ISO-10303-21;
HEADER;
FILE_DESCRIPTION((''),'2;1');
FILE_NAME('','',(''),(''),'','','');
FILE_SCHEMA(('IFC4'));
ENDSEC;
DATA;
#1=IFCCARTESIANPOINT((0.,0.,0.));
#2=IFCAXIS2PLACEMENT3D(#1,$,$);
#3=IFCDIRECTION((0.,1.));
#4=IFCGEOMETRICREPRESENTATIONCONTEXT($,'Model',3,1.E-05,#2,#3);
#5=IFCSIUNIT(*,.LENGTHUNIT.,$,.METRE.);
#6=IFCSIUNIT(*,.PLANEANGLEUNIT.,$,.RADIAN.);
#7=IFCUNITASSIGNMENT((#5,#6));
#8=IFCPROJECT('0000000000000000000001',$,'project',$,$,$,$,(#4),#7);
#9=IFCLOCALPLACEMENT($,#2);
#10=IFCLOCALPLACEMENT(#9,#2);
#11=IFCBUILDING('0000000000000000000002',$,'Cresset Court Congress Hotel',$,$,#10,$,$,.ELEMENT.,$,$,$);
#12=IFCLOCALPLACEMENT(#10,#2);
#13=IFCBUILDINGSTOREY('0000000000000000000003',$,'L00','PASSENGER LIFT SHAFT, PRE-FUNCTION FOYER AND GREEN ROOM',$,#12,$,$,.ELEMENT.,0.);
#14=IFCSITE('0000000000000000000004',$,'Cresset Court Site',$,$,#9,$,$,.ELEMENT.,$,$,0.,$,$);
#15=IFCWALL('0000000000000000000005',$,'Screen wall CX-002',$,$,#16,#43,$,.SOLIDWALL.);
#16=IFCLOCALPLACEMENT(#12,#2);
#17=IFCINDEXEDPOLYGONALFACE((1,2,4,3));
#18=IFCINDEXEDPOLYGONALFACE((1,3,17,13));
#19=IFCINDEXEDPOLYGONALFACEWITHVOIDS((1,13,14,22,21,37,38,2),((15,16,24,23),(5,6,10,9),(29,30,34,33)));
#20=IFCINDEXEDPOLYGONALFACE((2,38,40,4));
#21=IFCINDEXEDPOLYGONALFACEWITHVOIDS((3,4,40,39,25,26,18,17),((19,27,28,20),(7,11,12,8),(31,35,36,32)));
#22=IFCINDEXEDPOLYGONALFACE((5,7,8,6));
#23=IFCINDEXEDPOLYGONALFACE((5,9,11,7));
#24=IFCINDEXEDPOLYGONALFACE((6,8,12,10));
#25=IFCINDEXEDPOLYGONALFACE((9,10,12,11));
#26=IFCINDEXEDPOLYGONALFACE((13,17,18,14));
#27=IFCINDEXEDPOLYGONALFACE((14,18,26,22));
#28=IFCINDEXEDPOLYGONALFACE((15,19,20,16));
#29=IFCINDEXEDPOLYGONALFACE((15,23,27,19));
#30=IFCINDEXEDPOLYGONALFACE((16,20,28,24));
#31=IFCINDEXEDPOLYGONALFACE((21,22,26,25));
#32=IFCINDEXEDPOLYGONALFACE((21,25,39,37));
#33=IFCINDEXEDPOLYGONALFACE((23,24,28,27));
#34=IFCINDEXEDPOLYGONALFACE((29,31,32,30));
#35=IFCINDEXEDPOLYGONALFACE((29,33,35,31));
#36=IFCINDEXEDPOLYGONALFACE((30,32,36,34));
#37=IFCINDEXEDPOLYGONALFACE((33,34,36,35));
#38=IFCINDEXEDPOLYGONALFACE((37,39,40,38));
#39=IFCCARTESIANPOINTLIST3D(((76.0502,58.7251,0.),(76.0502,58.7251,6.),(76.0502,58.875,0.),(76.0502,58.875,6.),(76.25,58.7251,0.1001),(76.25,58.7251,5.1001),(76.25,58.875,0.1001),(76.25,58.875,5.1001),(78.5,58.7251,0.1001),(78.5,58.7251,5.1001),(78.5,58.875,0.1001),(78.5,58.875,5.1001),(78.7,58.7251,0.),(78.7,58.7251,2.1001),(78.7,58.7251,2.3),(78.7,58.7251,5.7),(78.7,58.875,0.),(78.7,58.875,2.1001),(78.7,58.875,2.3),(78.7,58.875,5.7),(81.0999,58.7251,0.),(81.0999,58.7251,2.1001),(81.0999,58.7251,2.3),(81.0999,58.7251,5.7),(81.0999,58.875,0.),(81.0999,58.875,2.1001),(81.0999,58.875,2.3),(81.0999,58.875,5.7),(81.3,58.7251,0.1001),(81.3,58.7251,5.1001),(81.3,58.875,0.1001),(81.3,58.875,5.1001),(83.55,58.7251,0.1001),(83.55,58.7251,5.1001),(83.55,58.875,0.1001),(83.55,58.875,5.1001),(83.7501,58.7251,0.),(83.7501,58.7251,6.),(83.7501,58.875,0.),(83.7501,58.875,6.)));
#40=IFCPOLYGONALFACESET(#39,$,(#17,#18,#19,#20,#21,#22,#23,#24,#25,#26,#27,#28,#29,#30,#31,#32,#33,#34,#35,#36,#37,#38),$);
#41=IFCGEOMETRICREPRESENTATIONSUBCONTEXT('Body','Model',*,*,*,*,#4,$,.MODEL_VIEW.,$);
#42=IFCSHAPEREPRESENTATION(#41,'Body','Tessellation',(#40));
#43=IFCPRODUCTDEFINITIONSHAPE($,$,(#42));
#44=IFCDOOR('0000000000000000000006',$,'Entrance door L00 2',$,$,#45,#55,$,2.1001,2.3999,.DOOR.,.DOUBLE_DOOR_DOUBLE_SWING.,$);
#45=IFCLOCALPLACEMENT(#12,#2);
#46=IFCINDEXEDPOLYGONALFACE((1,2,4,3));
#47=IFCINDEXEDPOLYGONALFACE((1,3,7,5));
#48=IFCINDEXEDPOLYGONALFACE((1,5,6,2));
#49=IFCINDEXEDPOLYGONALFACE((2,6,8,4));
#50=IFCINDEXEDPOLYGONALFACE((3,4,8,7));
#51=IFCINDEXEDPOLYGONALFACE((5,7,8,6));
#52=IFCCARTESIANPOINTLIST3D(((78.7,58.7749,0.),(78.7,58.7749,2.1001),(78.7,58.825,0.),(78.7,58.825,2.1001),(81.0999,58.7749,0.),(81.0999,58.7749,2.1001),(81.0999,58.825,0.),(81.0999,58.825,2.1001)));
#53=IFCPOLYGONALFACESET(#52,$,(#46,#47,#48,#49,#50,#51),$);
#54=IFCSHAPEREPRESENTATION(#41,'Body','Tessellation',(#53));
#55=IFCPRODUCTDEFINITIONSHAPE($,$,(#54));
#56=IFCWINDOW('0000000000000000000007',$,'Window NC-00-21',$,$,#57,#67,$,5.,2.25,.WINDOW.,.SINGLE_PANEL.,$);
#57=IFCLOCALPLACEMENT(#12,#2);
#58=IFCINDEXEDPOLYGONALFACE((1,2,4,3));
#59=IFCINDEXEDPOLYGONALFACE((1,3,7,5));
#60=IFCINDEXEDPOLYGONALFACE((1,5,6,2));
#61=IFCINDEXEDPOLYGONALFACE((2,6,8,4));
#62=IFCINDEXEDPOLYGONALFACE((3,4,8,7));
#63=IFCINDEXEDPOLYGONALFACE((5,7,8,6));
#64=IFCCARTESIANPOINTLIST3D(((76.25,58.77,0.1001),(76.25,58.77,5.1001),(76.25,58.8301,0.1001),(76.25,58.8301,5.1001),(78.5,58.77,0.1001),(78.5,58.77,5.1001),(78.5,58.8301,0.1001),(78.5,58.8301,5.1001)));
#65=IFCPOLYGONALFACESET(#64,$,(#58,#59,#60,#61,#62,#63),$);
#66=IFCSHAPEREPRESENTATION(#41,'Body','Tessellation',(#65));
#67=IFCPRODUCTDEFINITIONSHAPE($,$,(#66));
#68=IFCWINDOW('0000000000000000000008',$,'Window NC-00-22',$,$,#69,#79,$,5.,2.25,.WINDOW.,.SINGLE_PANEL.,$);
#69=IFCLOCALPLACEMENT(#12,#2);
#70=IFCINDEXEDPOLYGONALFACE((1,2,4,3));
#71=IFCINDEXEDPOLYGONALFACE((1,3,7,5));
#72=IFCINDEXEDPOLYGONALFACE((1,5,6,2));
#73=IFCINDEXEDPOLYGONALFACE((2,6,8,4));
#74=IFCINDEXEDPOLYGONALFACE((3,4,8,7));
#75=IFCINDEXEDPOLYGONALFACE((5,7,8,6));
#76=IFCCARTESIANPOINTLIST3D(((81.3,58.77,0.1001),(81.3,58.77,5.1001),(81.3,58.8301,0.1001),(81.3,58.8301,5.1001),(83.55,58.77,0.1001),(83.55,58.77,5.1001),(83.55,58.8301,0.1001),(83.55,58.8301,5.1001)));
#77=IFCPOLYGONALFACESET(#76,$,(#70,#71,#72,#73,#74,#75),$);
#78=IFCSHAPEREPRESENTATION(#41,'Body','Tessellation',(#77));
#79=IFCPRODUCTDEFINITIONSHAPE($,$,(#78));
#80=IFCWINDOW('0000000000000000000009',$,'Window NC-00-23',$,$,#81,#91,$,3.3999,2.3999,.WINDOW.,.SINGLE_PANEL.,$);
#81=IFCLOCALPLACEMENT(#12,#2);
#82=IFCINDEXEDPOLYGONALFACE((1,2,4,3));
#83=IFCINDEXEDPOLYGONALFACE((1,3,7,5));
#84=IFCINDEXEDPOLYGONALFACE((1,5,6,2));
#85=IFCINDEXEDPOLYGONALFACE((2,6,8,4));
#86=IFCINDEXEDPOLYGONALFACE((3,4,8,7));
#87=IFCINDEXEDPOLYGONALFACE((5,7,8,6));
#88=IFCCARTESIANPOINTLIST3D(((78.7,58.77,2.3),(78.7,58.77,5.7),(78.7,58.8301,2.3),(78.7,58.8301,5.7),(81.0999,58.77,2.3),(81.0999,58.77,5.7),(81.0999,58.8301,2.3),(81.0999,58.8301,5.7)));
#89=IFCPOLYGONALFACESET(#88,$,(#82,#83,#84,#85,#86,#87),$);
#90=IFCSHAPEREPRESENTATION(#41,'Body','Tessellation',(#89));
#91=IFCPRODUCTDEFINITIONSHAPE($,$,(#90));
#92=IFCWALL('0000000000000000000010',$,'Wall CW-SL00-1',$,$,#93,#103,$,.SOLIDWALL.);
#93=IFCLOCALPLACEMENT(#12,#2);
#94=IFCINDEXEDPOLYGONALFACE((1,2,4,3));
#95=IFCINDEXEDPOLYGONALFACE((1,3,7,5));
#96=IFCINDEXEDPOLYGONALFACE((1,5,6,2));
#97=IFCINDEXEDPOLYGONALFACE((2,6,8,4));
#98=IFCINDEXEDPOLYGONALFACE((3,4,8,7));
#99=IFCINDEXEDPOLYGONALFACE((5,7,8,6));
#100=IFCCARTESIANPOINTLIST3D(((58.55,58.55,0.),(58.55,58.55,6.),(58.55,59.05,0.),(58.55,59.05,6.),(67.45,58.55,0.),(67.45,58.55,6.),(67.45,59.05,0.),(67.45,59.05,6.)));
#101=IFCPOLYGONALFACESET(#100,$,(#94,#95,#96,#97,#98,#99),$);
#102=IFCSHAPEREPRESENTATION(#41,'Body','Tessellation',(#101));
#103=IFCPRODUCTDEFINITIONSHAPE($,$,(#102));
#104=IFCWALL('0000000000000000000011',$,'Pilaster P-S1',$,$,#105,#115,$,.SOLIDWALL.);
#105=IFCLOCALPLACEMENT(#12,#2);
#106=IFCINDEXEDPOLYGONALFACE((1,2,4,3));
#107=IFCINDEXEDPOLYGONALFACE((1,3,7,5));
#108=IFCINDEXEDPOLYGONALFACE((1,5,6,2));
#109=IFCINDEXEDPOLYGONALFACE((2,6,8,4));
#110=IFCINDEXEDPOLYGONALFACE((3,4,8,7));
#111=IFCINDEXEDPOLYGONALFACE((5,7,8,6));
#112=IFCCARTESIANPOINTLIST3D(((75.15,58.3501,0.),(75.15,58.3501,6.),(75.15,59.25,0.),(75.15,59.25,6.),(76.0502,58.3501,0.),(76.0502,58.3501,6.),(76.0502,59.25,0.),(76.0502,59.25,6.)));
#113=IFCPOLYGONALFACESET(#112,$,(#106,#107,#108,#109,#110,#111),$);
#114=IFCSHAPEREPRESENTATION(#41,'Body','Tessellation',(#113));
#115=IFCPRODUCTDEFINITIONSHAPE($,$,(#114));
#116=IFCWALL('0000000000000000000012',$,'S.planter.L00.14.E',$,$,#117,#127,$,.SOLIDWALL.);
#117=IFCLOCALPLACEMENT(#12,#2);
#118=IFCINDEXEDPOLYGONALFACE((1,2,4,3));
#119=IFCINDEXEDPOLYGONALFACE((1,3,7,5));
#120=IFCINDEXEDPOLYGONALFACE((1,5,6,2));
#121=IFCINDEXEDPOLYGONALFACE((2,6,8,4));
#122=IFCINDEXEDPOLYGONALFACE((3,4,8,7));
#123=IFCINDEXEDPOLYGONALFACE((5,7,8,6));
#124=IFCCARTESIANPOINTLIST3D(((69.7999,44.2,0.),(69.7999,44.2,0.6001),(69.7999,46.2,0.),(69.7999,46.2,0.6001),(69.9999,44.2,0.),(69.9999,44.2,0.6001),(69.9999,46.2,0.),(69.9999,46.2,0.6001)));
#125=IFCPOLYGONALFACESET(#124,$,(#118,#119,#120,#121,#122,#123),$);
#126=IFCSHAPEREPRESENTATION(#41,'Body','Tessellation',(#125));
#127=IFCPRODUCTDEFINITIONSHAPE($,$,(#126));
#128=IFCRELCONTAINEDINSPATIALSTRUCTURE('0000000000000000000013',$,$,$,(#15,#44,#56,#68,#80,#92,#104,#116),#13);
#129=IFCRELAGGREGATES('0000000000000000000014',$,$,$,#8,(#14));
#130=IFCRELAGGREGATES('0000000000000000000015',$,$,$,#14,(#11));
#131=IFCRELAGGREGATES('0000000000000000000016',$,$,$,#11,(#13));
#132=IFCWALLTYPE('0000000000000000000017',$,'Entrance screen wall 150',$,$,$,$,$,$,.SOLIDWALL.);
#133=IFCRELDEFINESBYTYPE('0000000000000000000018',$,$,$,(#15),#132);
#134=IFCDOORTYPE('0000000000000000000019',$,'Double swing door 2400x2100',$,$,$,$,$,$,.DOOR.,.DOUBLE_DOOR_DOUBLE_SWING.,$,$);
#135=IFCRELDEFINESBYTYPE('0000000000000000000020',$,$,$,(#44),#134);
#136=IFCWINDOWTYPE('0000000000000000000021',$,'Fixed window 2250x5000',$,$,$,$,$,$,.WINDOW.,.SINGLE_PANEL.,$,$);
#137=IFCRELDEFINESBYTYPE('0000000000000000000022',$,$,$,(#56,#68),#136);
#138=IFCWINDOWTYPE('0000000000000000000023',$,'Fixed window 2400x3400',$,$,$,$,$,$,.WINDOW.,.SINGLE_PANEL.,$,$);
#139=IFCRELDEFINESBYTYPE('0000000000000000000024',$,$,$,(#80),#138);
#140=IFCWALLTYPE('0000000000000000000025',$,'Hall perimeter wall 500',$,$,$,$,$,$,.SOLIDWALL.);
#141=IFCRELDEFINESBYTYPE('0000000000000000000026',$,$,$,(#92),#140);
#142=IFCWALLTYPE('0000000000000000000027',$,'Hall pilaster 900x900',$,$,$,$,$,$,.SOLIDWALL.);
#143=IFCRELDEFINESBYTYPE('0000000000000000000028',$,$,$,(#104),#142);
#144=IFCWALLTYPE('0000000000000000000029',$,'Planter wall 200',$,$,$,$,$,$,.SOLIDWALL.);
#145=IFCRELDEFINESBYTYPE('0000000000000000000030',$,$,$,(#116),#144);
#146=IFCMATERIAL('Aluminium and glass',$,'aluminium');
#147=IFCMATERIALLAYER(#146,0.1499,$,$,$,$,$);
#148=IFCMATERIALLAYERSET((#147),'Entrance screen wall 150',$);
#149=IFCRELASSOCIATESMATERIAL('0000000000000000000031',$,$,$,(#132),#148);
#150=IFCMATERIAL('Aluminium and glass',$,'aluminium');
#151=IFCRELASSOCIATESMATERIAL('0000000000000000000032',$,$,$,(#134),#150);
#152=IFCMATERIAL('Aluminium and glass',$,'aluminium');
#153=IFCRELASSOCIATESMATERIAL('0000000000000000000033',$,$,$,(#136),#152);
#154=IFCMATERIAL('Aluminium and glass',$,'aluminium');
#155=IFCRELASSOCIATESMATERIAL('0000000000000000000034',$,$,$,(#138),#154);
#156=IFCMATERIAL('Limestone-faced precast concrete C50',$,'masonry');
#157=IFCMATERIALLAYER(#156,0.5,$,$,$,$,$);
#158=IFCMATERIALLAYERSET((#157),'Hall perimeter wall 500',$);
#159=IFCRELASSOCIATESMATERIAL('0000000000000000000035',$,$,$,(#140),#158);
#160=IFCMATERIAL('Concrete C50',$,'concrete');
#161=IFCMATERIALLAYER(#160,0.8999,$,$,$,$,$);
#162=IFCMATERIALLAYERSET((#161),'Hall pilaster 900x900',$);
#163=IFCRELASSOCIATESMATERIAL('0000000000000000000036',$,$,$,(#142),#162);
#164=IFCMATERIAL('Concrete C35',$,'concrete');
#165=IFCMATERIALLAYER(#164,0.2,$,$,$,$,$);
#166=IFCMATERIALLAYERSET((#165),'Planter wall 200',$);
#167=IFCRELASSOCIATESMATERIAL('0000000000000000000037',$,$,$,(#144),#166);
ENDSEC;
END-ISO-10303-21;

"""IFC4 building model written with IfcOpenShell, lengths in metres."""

from ifc_helpers import new_model, si_unit, direction, frame, frame_2d, origin, place, context, subcontext, project, spatial, rectangle, extrude, material, layer, layer_set, type_object, element, fill, save


model = new_model("IFC4")

# Units and contexts
model_context = context("Model", 3, precision=1e-05, world=origin(), true_north=direction((0.0, 1.0)))
body_context = subcontext(model_context, "Body", "Model", "MODEL_VIEW")
ifc_project = project(units=[si_unit("LENGTHUNIT", "METRE"), si_unit("PLANEANGLEUNIT", "RADIAN")], contexts=[model_context])

# Site, building, storey
site_placement = place(None, origin())
site = spatial("IfcSite", under=ifc_project, at=site_placement, Name="Cresset Court Site", CompositionType="ELEMENT", RefElevation=0.0)
building_placement = place(site_placement, origin())
building = spatial("IfcBuilding", under=site, at=building_placement, Name="Cresset Court Congress Hotel", CompositionType="ELEMENT")
storey_placement = place(building_placement, origin())
storey = spatial("IfcBuildingStorey", under=building, at=storey_placement, Name="L00", Description="PASSENGER LIFT SHAFT, PRE-FUNCTION FOYER AND GREEN ROOM", CompositionType="ELEMENT", Elevation=0.0)

# Wall, openings, door, windows
ifc_material_1 = material(Name="Aluminium and glass", Category="aluminium")
ifc_layer_1 = layer(ifc_material_1, 0.1499)
ifc_layer_set_1 = layer_set([ifc_layer_1], Name="Entrance screen wall 150")
wall_type_1 = type_object("IfcWallType", Name="Entrance screen wall 150", PredefinedType="SOLIDWALL", material=ifc_layer_set_1)
ifc_material_2 = material(Name="Aluminium and glass", Category="aluminium")
door_type = type_object("IfcDoorType", Name="Double swing door 2400x2100", OperationType="DOUBLE_DOOR_DOUBLE_SWING", PredefinedType="DOOR", material=ifc_material_2)
ifc_material_3 = material(Name="Aluminium and glass", Category="aluminium")
window_type_1 = type_object("IfcWindowType", Name="Fixed window 2250x5000", PartitioningType="SINGLE_PANEL", PredefinedType="WINDOW", material=ifc_material_3)
ifc_material_4 = material(Name="Aluminium and glass", Category="aluminium")
window_type_2 = type_object("IfcWindowType", Name="Fixed window 2400x3400", PartitioningType="SINGLE_PANEL", PredefinedType="WINDOW", material=ifc_material_4)
wall_1_placement = place(storey_placement, frame((76.05, 58.8, 0.0), z_axis=(0.0, 0.0, 1.0), x_axis=(1.0, 0.0, 0.0)))
wall_1 = element("IfcWall", 1, at=wall_1_placement, inside=storey, type_object=wall_type_1, Name="Screen wall CX-002", PredefinedType="SOLIDWALL", context=body_context, shape_type="SweptSolid", body=[
    extrude(rectangle(XDim=7.7, YDim=0.1499, at=frame_2d((3.8501, 0.0))), origin(), (0.0, 0.0, 1.0), 6.0),
])
opening_1_placement = place(wall_1_placement, frame((2.6499, 0.0, 0.0)))
opening_1 = element("IfcOpeningElement", 2, at=opening_1_placement, cuts=wall_1, PredefinedType="OPENING", context=body_context, shape_type="SweptSolid", body=[
    extrude(rectangle(XDim=2.3999, YDim=2.1001, at=frame_2d((1.2, 1.05))), frame((0.0, 0.085, 0.0), z_axis=(0.0, -1.0, 0.0), x_axis=(1.0, 0.0, 0.0)), (0.0, 0.0, 1.0), 0.1699),
])
opening_2_placement = place(wall_1_placement, frame((0.2, 0.0, 0.1001)))
opening_2 = element("IfcOpeningElement", 3, at=opening_2_placement, cuts=wall_1, PredefinedType="OPENING", context=body_context, shape_type="SweptSolid", body=[
    extrude(rectangle(XDim=2.25, YDim=5.0, at=frame_2d((1.125, 2.5))), frame((0.0, 0.085, 0.0), z_axis=(0.0, -1.0, 0.0), x_axis=(1.0, 0.0, 0.0)), (0.0, 0.0, 1.0), 0.1699),
])
opening_3_placement = place(wall_1_placement, frame((5.25, 0.0, 0.1001)))
opening_3 = element("IfcOpeningElement", 4, at=opening_3_placement, cuts=wall_1, PredefinedType="OPENING", context=body_context, shape_type="SweptSolid", body=[
    extrude(rectangle(XDim=2.25, YDim=5.0, at=frame_2d((1.125, 2.5))), frame((0.0, 0.085, 0.0), z_axis=(0.0, -1.0, 0.0), x_axis=(1.0, 0.0, 0.0)), (0.0, 0.0, 1.0), 0.1699),
])
opening_4_placement = place(wall_1_placement, frame((2.6499, 0.0, 2.3)))
opening_4 = element("IfcOpeningElement", 5, at=opening_4_placement, cuts=wall_1, PredefinedType="OPENING", context=body_context, shape_type="SweptSolid", body=[
    extrude(rectangle(XDim=2.3999, YDim=3.3999, at=frame_2d((1.2, 1.7))), frame((0.0, 0.085, 0.0), z_axis=(0.0, -1.0, 0.0), x_axis=(1.0, 0.0, 0.0)), (0.0, 0.0, 1.0), 0.1699),
])
door_1_placement = place(opening_1_placement, origin())
door_1 = element("IfcDoor", 6, at=door_1_placement, inside=storey, type_object=door_type, Name="Entrance door L00 2", OperationType="DOUBLE_DOOR_DOUBLE_SWING", OverallHeight=2.1001, OverallWidth=2.3999, PredefinedType="DOOR", context=body_context, shape_type="SweptSolid", body=[
    extrude(rectangle(XDim=2.3999, YDim=2.1001, at=frame_2d((1.2, 1.05))), frame((0.0, 0.0249, 0.0), z_axis=(0.0, -1.0, 0.0), x_axis=(1.0, 0.0, 0.0)), (0.0, 0.0, 1.0), 0.05),
])
fill(opening_1, door_1)
window_1_placement = place(opening_2_placement, origin())
window_1 = element("IfcWindow", 7, at=window_1_placement, inside=storey, type_object=window_type_1, Name="Window NC-00-21", OverallHeight=5.0, OverallWidth=2.25, PartitioningType="SINGLE_PANEL", PredefinedType="WINDOW", context=body_context, shape_type="SweptSolid", body=[
    extrude(rectangle(XDim=2.25, YDim=5.0, at=frame_2d((1.125, 2.5))), frame((0.0, 0.03, 0.0), z_axis=(0.0, -1.0, 0.0), x_axis=(1.0, 0.0, 0.0)), (0.0, 0.0, 1.0), 0.0601),
])
fill(opening_2, window_1)
window_2_placement = place(opening_3_placement, origin())
window_2 = element("IfcWindow", 8, at=window_2_placement, inside=storey, type_object=window_type_1, Name="Window NC-00-22", OverallHeight=5.0, OverallWidth=2.25, PartitioningType="SINGLE_PANEL", PredefinedType="WINDOW", context=body_context, shape_type="SweptSolid", body=[
    extrude(rectangle(XDim=2.25, YDim=5.0, at=frame_2d((1.125, 2.5))), frame((0.0, 0.03, 0.0), z_axis=(0.0, -1.0, 0.0), x_axis=(1.0, 0.0, 0.0)), (0.0, 0.0, 1.0), 0.0601),
])
fill(opening_3, window_2)
window_3_placement = place(opening_4_placement, origin())
window_3 = element("IfcWindow", 9, at=window_3_placement, inside=storey, type_object=window_type_2, Name="Window NC-00-23", OverallHeight=3.3999, OverallWidth=2.3999, PartitioningType="SINGLE_PANEL", PredefinedType="WINDOW", context=body_context, shape_type="SweptSolid", body=[
    extrude(rectangle(XDim=2.3999, YDim=3.3999, at=frame_2d((1.2, 1.7))), frame((0.0, 0.03, 0.0), z_axis=(0.0, -1.0, 0.0), x_axis=(1.0, 0.0, 0.0)), (0.0, 0.0, 1.0), 0.0601),
])
fill(opening_4, window_3)

# Walls
ifc_material_5 = material(Name="Limestone-faced precast concrete C50", Category="masonry")
ifc_layer_2 = layer(ifc_material_5, 0.5)
ifc_layer_set_2 = layer_set([ifc_layer_2], Name="Hall perimeter wall 500")
wall_type_2 = type_object("IfcWallType", Name="Hall perimeter wall 500", PredefinedType="SOLIDWALL", material=ifc_layer_set_2)
wall_2_placement = place(storey_placement, frame((67.45, 58.8, 0.0), z_axis=(0.0, 0.0, 1.0), x_axis=(-1.0, 0.0, 0.0)))
element("IfcWall", 10, at=wall_2_placement, inside=storey, type_object=wall_type_2, Name="Wall CW-SL00-1", PredefinedType="SOLIDWALL", context=body_context, shape_type="SweptSolid", body=[
    extrude(rectangle(XDim=8.8999, YDim=0.5, at=frame_2d((4.45, 0.0))), origin(), (0.0, 0.0, 1.0), 6.0),
])
ifc_material_6 = material(Name="Concrete C50", Category="concrete")
ifc_layer_3 = layer(ifc_material_6, 0.8999)
ifc_layer_set_3 = layer_set([ifc_layer_3], Name="Hall pilaster 900x900")
wall_type_3 = type_object("IfcWallType", Name="Hall pilaster 900x900", PredefinedType="SOLIDWALL", material=ifc_layer_set_3)
wall_3_placement = place(storey_placement, frame((75.1499, 58.8, 0.0), z_axis=(0.0, 0.0, 1.0), x_axis=(1.0, 0.0, 0.0)))
element("IfcWall", 11, at=wall_3_placement, inside=storey, type_object=wall_type_3, Name="Pilaster P-S1", PredefinedType="SOLIDWALL", context=body_context, shape_type="SweptSolid", body=[
    extrude(rectangle(XDim=0.9001, YDim=0.8999, at=frame_2d((0.4502, 0.0))), origin(), (0.0, 0.0, 1.0), 6.0),
])
ifc_material_7 = material(Name="Concrete C35", Category="concrete")
ifc_layer_4 = layer(ifc_material_7, 0.2)
ifc_layer_set_4 = layer_set([ifc_layer_4], Name="Planter wall 200")
wall_type_4 = type_object("IfcWallType", Name="Planter wall 200", PredefinedType="SOLIDWALL", material=ifc_layer_set_4)
wall_4_placement = place(storey_placement, frame((69.8999, 44.2, 0.0), z_axis=(0.0, 0.0, 1.0), x_axis=(0.0, 1.0, 0.0)))
element("IfcWall", 12, at=wall_4_placement, inside=storey, type_object=wall_type_4, Name="S.planter.L00.14.E", PredefinedType="SOLIDWALL", context=body_context, shape_type="SweptSolid", body=[
    extrude(rectangle(XDim=2.0, YDim=0.2, at=frame_2d((1.0, 0.0))), origin(), (0.0, 0.0, 1.0), 0.6001),
])

save(model, "model.ifc")
